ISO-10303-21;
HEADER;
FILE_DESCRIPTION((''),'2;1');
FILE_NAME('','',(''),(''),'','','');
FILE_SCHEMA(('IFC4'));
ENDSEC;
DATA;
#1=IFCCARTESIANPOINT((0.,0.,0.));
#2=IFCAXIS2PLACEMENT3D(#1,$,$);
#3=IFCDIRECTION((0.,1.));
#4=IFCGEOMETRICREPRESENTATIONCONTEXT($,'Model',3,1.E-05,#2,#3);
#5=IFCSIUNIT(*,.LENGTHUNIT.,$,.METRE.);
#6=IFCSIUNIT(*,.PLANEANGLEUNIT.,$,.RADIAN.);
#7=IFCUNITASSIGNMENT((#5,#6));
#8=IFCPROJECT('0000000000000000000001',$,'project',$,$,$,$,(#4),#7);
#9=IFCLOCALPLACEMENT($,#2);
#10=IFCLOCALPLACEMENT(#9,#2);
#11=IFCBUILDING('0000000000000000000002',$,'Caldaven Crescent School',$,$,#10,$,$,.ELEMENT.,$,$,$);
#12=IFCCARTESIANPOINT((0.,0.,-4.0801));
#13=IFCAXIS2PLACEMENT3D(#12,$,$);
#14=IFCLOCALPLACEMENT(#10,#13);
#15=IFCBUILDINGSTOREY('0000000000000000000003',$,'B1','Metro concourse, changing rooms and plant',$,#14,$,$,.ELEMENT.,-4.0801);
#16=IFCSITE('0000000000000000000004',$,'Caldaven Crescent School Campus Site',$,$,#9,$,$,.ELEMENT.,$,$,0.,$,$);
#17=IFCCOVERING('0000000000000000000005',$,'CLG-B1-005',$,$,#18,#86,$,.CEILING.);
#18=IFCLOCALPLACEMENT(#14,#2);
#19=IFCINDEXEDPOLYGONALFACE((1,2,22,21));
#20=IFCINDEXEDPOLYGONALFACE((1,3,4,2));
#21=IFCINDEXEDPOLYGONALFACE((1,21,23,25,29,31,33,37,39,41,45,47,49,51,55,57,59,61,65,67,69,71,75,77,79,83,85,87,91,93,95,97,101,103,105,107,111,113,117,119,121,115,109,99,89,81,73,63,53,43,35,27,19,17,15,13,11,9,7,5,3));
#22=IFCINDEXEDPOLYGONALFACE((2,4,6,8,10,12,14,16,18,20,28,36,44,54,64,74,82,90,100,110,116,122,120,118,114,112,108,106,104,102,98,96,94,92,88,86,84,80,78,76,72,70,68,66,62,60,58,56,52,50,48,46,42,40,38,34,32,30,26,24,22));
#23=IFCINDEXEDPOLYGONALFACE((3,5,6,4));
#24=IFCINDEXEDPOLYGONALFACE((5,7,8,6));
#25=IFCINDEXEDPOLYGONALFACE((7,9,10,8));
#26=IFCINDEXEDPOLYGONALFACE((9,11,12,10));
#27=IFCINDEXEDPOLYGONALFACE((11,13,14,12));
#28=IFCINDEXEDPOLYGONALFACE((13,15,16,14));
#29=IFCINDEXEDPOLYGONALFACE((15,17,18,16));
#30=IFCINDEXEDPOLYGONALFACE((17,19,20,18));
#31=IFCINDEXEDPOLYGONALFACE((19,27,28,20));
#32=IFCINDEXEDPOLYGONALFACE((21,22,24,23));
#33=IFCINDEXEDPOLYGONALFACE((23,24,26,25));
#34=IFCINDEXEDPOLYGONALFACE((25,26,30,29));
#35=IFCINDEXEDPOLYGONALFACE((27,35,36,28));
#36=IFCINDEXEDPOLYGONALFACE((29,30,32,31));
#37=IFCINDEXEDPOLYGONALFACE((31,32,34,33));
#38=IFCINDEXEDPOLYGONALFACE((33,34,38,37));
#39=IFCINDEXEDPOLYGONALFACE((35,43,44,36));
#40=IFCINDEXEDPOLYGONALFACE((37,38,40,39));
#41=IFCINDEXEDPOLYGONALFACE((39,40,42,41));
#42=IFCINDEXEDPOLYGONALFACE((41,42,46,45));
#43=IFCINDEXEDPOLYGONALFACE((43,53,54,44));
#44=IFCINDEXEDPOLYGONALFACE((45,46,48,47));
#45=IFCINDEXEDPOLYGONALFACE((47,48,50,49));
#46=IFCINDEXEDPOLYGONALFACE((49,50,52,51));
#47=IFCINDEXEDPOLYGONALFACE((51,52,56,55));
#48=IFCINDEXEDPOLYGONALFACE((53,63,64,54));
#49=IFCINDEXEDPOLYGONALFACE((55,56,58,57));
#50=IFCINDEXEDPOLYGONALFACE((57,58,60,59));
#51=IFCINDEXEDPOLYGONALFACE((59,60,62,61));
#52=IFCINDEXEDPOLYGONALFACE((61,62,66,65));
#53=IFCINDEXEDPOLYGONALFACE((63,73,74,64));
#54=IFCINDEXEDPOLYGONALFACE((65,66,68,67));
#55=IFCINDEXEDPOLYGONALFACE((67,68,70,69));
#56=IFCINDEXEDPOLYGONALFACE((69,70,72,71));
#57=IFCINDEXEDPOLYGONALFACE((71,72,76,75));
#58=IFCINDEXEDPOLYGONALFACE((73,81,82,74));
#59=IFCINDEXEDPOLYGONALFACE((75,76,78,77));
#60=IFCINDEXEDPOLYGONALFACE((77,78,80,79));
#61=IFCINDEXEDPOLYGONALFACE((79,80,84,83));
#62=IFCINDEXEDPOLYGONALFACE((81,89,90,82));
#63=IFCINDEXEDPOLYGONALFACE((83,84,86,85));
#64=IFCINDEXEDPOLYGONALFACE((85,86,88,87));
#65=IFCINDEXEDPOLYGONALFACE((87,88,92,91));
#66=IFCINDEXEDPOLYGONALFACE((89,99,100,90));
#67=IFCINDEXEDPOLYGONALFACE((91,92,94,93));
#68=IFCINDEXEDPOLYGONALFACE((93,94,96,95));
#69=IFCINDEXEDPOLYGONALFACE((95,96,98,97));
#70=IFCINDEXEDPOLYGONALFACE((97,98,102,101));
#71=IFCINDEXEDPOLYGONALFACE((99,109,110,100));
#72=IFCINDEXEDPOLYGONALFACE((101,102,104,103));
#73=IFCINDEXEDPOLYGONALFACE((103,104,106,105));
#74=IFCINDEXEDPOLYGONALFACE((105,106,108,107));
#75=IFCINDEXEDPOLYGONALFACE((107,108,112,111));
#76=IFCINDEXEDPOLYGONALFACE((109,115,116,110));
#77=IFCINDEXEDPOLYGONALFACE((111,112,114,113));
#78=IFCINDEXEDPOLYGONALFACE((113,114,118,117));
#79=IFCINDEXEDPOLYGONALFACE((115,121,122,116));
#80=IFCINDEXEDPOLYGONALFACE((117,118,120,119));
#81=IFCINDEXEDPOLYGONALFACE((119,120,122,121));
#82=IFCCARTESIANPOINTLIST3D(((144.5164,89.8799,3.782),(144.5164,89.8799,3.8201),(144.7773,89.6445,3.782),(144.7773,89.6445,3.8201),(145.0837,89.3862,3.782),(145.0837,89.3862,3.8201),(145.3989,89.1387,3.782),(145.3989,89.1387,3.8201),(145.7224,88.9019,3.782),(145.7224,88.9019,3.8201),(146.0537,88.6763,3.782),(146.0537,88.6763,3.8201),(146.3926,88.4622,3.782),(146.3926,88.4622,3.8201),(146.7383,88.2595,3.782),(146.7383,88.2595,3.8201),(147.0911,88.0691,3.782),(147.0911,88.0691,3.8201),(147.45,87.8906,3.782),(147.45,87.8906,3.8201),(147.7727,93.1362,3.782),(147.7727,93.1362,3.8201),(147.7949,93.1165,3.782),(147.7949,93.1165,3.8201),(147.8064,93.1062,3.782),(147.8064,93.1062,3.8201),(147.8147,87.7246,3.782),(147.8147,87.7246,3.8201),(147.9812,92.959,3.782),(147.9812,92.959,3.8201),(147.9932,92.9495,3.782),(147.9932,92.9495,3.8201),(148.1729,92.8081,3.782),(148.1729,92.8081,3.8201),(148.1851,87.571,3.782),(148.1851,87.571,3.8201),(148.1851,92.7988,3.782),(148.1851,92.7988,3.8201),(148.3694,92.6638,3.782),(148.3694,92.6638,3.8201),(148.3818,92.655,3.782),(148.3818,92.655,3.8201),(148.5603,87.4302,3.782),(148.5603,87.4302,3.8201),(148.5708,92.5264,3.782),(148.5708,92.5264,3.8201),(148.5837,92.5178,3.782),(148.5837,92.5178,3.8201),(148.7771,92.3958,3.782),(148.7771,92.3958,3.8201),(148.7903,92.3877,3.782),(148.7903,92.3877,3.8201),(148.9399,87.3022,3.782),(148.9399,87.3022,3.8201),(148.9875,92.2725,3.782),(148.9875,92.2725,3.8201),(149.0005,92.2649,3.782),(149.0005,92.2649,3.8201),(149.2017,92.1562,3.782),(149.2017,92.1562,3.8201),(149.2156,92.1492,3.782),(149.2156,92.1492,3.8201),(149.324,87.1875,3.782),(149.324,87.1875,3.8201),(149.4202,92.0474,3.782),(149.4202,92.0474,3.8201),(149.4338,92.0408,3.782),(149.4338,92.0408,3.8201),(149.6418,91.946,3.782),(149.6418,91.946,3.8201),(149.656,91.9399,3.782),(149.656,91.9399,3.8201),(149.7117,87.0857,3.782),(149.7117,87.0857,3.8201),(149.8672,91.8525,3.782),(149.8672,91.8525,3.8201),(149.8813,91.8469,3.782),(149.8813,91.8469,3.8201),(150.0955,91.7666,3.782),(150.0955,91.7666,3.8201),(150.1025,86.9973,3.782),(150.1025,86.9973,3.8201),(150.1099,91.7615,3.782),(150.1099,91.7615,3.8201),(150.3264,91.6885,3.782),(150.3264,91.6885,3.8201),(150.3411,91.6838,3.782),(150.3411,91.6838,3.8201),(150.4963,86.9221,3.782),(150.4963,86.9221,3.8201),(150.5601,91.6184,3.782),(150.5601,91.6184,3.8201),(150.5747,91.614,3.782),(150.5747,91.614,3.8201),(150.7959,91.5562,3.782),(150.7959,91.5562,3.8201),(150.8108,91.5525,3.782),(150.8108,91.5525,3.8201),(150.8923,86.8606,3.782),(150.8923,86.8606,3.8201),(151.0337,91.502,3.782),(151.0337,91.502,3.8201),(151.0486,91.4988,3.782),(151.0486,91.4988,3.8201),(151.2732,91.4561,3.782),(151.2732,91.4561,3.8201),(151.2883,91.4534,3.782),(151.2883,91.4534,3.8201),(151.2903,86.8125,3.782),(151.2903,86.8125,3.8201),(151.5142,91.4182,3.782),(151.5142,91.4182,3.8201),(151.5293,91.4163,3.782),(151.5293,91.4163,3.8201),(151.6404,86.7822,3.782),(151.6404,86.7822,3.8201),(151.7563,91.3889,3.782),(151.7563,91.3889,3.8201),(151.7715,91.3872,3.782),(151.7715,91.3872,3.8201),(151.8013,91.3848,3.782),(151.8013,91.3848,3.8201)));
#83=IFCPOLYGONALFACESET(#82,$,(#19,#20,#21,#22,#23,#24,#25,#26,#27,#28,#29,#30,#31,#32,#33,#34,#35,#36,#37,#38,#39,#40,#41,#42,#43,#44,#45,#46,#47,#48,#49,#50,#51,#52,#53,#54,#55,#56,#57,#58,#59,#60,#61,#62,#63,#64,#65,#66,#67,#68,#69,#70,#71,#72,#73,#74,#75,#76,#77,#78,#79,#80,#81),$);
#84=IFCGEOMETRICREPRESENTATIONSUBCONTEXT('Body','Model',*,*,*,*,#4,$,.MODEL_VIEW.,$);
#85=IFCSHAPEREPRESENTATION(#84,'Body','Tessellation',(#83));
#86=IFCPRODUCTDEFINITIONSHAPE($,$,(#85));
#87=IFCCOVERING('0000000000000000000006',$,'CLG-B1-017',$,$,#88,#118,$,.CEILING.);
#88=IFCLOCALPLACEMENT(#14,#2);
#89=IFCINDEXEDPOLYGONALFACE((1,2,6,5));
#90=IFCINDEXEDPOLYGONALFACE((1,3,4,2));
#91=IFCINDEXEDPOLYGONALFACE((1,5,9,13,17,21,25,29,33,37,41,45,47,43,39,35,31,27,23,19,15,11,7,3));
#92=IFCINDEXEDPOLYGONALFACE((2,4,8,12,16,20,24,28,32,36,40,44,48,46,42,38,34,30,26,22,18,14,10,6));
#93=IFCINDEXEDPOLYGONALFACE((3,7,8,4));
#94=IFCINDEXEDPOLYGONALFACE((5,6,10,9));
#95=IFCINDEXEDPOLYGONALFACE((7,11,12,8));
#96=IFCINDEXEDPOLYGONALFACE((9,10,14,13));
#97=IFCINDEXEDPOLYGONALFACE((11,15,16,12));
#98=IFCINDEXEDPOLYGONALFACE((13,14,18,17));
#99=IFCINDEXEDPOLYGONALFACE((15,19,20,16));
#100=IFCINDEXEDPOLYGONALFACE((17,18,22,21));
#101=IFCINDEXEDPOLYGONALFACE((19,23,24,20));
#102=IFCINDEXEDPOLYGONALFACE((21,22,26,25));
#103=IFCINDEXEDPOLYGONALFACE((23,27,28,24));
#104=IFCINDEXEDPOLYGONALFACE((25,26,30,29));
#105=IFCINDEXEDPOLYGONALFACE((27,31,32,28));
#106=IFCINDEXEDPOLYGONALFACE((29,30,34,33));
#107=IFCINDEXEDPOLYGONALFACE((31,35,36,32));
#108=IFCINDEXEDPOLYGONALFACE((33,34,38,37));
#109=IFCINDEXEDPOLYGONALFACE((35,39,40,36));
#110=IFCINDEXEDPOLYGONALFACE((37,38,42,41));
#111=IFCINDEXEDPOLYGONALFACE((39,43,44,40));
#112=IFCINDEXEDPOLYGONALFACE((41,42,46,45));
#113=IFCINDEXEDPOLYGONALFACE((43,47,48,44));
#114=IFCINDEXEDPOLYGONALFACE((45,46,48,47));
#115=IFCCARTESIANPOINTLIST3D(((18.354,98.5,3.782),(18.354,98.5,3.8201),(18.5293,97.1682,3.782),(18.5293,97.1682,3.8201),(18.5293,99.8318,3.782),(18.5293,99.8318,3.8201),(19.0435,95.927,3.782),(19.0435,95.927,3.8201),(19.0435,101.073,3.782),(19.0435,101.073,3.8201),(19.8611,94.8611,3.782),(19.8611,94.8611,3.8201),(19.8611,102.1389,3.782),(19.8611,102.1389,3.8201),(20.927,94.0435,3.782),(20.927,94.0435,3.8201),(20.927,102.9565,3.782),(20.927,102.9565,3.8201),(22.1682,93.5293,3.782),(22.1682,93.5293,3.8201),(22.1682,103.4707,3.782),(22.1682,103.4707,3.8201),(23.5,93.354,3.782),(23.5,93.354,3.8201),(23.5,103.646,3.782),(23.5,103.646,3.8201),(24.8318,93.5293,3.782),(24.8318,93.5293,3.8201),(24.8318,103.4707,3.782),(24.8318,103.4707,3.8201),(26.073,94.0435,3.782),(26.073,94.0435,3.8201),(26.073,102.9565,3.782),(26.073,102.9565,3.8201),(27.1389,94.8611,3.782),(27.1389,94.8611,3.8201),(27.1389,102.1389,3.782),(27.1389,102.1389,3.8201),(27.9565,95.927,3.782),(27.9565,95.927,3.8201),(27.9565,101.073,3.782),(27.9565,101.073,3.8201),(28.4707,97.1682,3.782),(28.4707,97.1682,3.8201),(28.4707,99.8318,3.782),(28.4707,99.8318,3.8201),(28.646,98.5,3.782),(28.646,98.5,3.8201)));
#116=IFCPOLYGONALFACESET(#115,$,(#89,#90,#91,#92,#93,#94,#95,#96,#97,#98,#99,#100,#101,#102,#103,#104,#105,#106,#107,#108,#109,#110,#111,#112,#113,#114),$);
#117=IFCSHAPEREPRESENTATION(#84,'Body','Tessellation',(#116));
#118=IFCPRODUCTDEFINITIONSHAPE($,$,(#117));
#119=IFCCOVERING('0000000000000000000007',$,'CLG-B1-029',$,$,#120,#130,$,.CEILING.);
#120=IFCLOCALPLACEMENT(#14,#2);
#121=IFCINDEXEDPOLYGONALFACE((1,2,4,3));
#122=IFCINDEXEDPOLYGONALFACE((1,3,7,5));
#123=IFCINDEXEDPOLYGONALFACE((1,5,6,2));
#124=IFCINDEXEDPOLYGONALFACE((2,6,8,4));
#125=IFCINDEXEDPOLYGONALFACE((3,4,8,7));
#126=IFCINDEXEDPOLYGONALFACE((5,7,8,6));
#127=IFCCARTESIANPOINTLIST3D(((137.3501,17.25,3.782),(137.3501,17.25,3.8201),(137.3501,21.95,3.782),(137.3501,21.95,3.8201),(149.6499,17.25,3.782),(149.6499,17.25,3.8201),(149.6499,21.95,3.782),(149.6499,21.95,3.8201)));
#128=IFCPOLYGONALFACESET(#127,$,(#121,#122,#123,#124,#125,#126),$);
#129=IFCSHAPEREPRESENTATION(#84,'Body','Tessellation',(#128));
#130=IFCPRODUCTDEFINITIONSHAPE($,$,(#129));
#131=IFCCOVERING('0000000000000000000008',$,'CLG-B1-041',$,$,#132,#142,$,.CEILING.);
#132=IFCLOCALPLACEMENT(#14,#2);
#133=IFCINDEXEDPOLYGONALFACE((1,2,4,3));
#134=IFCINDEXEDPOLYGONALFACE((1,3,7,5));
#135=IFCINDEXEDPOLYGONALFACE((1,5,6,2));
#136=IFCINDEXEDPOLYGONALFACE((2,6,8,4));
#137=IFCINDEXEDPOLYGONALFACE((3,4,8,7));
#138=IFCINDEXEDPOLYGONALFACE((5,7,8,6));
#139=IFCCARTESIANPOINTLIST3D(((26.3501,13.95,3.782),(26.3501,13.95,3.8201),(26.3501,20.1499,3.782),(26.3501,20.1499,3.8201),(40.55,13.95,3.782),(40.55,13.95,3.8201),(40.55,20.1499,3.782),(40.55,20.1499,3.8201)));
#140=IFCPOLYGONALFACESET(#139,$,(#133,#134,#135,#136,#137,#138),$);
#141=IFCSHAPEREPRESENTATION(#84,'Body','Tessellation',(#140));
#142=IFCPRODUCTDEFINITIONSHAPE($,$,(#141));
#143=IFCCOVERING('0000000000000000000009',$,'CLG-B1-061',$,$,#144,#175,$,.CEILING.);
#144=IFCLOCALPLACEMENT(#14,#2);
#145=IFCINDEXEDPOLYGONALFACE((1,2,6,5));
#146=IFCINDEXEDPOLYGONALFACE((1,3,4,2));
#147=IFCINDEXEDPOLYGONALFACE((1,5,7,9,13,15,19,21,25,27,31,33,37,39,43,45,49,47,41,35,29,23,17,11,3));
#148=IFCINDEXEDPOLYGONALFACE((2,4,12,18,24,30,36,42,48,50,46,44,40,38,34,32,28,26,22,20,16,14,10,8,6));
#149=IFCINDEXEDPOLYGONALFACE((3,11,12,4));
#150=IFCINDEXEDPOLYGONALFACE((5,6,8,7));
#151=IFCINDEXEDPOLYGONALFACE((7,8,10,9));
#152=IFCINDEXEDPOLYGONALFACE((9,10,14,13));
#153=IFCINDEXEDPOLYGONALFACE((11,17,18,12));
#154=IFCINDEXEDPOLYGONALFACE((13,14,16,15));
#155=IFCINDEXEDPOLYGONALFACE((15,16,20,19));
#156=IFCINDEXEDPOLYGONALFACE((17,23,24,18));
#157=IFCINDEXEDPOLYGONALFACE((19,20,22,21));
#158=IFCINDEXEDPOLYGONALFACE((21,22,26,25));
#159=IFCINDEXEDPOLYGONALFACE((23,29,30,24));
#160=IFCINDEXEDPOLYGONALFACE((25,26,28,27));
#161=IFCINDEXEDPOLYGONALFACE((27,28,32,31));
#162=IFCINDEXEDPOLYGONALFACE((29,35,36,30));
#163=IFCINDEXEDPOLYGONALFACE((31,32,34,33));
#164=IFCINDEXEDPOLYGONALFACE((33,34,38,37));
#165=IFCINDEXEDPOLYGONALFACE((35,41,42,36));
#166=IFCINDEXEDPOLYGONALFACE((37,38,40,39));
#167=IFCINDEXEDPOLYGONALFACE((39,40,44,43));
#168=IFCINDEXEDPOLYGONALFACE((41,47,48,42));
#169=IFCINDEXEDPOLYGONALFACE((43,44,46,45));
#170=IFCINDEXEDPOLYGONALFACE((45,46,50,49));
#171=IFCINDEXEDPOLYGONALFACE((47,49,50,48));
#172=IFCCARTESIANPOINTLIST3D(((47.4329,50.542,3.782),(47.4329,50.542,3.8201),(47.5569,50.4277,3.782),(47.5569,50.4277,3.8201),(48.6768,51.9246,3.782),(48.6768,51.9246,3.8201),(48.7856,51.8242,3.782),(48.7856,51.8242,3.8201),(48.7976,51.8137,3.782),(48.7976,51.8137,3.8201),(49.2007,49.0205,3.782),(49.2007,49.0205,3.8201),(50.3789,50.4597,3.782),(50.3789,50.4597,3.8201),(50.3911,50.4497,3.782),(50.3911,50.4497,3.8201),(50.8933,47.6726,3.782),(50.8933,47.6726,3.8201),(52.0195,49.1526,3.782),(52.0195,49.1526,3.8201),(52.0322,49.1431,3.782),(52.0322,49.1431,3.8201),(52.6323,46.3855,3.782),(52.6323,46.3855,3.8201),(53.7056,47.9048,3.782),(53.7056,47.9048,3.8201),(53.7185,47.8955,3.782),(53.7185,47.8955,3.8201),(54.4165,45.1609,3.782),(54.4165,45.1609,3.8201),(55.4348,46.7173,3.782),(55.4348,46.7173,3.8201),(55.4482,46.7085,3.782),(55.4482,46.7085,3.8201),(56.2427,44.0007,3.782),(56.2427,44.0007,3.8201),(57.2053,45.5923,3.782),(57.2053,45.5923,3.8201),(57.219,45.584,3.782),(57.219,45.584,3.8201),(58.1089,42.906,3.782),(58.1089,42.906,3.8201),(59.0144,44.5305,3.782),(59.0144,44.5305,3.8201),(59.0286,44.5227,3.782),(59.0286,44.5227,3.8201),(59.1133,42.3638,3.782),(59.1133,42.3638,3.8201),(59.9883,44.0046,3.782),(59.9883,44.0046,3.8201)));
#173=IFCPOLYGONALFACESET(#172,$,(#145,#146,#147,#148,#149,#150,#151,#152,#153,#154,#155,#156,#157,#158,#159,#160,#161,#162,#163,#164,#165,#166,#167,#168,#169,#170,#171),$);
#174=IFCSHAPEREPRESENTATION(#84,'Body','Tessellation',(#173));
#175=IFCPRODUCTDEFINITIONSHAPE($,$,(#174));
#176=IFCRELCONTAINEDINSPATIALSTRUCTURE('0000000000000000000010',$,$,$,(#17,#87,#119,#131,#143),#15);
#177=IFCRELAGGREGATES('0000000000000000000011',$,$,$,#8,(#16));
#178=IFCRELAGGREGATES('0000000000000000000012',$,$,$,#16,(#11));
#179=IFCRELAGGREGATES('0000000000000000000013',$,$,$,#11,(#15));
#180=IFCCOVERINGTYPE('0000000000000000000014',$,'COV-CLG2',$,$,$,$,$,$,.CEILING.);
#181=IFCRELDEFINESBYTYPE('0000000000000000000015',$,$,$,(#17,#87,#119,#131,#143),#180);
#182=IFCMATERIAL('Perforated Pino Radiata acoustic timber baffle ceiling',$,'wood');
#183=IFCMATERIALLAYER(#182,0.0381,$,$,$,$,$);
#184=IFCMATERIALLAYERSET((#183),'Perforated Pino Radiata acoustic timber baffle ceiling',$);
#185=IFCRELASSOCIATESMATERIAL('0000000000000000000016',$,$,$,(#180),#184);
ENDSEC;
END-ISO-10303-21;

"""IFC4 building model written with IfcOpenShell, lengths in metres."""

from ifc_helpers import new_model, si_unit, direction, frame, origin, place, context, subcontext, project, spatial, polyline, outline, extrude, material, layer, layer_set, type_object, element, save


model = new_model("IFC4")

# Units and contexts
model_context = context("Model", 3, precision=1e-05, world=origin(), true_north=direction((0.0, 1.0)))
body_context = subcontext(model_context, "Body", "Model", "MODEL_VIEW")
ifc_project = project(units=[si_unit("LENGTHUNIT", "METRE"), si_unit("PLANEANGLEUNIT", "RADIAN")], contexts=[model_context])

# Site, building, storey
site_placement = place(None, origin())
site = spatial("IfcSite", under=ifc_project, at=site_placement, Name="Caldaven Crescent School Campus Site", CompositionType="ELEMENT", RefElevation=0.0)
building_placement = place(site_placement, origin())
building = spatial("IfcBuilding", under=site, at=building_placement, Name="Caldaven Crescent School", CompositionType="ELEMENT")
storey_placement = place(building_placement, frame((0.0, 0.0, -4.0801)))
storey = spatial("IfcBuildingStorey", under=building, at=storey_placement, Name="B1", Description="Metro concourse, changing rooms and plant", CompositionType="ELEMENT", Elevation=-4.0801)

# Coverings
ifc_material = material(Name="Perforated Pino Radiata acoustic timber baffle ceiling", Category="wood")
ifc_layer_1 = layer(ifc_material, 0.0381)
ifc_layer_set_1 = layer_set([ifc_layer_1], Name="Perforated Pino Radiata acoustic timber baffle ceiling")
covering_type_1 = type_object("IfcCoveringType", Name="COV-CLG2", PredefinedType="CEILING", material=ifc_layer_set_1)
covering_1_placement = place(storey_placement, frame((0.0, 0.0, 3.782)))
element("IfcCovering", 1, at=covering_1_placement, inside=storey, type_object=covering_type_1, Name="CLG-B1-005", PredefinedType="CEILING", context=body_context, shape_type="SweptSolid", body=[
    extrude(outline(polyline([(147.7727, 93.1362), (147.7949, 93.1165), (147.8064, 93.1062), (147.9812, 92.959), (147.9932, 92.9495), (148.1729, 92.8081), (148.1851, 92.7988), (148.3694, 92.6638), (148.3818, 92.655), (148.5708, 92.5264), (148.5837, 92.5178), (148.7771, 92.3958), (148.7903, 92.3877), (148.9875, 92.2725), (149.0005, 92.2649), (149.2017, 92.1562), (149.2156, 92.1492), (149.4202, 92.0474), (149.4338, 92.0408), (149.6418, 91.946), (149.656, 91.9399), (149.8672, 91.8525), (149.8813, 91.8469), (150.0955, 91.7666), (150.1099, 91.7615), (150.3264, 91.6885), (150.3411, 91.6838), (150.5601, 91.6184), (150.5747, 91.614), (150.7959, 91.5562), (150.8108, 91.5525), (151.0337, 91.502), (151.0486, 91.4988), (151.2732, 91.4561), (151.2883, 91.4534), (151.5142, 91.4182), (151.5293, 91.4163), (151.7563, 91.3889), (151.7715, 91.3872), (151.8013, 91.3848), (151.6404, 86.7822), (151.2903, 86.8125), (150.8923, 86.8606), (150.4963, 86.9221), (150.1025, 86.9973), (149.7117, 87.0857), (149.324, 87.1875), (148.9399, 87.3022), (148.5603, 87.4302), (148.1851, 87.571), (147.8147, 87.7246), (147.45, 87.8906), (147.0911, 88.0691), (146.7383, 88.2595), (146.3926, 88.4622), (146.0537, 88.6763), (145.7224, 88.9019), (145.3989, 89.1387), (145.0837, 89.3862), (144.7773, 89.6445), (144.5164, 89.8799), (147.7727, 93.1362)])), origin(), (0.0, 0.0, 1.0), 0.0381),
])
covering_2_placement = place(storey_placement, frame((0.0, 0.0, 3.782)))
element("IfcCovering", 2, at=covering_2_placement, inside=storey, type_object=covering_type_1, Name="CLG-B1-017", PredefinedType="CEILING", context=body_context, shape_type="SweptSolid", body=[
    extrude(outline(polyline([(27.9565, 95.927), (27.1389, 94.8611), (26.073, 94.0435), (24.8318, 93.5293), (23.5, 93.354), (22.1682, 93.5293), (20.927, 94.0435), (19.8611, 94.8611), (19.0435, 95.927), (18.5293, 97.1682), (18.354, 98.5), (18.5293, 99.8318), (19.0435, 101.073), (19.8611, 102.1389), (20.927, 102.9565), (22.1682, 103.4707), (23.5, 103.646), (24.8318, 103.4707), (26.073, 102.9565), (27.1389, 102.1389), (27.9565, 101.073), (28.4707, 99.8318), (28.646, 98.5), (28.4707, 97.1682), (27.9565, 95.927)])), origin(), (0.0, 0.0, 1.0), 0.0381),
])
covering_3_placement = place(storey_placement, frame((0.0, 0.0, 3.782)))
element("IfcCovering", 3, at=covering_3_placement, inside=storey, type_object=covering_type_1, Name="CLG-B1-029", PredefinedType="CEILING", context=body_context, shape_type="SweptSolid", body=[
    extrude(outline(polyline([(149.6499, 21.95), (149.6499, 17.25), (137.3501, 17.25), (137.3501, 21.95), (149.6499, 21.95)])), origin(), (0.0, 0.0, 1.0), 0.0381),
])
covering_4_placement = place(storey_placement, frame((0.0, 0.0, 3.782)))
element("IfcCovering", 4, at=covering_4_placement, inside=storey, type_object=covering_type_1, Name="CLG-B1-041", PredefinedType="CEILING", context=body_context, shape_type="SweptSolid", body=[
    extrude(outline(polyline([(40.55, 20.1499), (40.55, 13.95), (26.3501, 13.95), (26.3501, 20.1499), (40.55, 20.1499)])), origin(), (0.0, 0.0, 1.0), 0.0381),
])
covering_5_placement = place(storey_placement, frame((0.0, 0.0, 3.782)))
element("IfcCovering", 5, at=covering_5_placement, inside=storey, type_object=covering_type_1, Name="CLG-B1-061", PredefinedType="CEILING", context=body_context, shape_type="SweptSolid", body=[
    extrude(outline(polyline([(48.7856, 51.8242), (48.7976, 51.8137), (50.3789, 50.4597), (50.3911, 50.4497), (52.0195, 49.1526), (52.0322, 49.1431), (53.7056, 47.9048), (53.7185, 47.8955), (55.4348, 46.7173), (55.4482, 46.7085), (57.2053, 45.5923), (57.219, 45.584), (59.0144, 44.5305), (59.0286, 44.5227), (59.9883, 44.0046), (59.1133, 42.3638), (58.1089, 42.906), (56.2427, 44.0007), (54.4165, 45.1609), (52.6323, 46.3855), (50.8933, 47.6726), (49.2007, 49.0205), (47.5569, 50.4277), (47.4329, 50.542), (48.6768, 51.9246), (48.7856, 51.8242)])), origin(), (0.0, 0.0, 1.0), 0.0381),
])

save(model, "model.ifc")
